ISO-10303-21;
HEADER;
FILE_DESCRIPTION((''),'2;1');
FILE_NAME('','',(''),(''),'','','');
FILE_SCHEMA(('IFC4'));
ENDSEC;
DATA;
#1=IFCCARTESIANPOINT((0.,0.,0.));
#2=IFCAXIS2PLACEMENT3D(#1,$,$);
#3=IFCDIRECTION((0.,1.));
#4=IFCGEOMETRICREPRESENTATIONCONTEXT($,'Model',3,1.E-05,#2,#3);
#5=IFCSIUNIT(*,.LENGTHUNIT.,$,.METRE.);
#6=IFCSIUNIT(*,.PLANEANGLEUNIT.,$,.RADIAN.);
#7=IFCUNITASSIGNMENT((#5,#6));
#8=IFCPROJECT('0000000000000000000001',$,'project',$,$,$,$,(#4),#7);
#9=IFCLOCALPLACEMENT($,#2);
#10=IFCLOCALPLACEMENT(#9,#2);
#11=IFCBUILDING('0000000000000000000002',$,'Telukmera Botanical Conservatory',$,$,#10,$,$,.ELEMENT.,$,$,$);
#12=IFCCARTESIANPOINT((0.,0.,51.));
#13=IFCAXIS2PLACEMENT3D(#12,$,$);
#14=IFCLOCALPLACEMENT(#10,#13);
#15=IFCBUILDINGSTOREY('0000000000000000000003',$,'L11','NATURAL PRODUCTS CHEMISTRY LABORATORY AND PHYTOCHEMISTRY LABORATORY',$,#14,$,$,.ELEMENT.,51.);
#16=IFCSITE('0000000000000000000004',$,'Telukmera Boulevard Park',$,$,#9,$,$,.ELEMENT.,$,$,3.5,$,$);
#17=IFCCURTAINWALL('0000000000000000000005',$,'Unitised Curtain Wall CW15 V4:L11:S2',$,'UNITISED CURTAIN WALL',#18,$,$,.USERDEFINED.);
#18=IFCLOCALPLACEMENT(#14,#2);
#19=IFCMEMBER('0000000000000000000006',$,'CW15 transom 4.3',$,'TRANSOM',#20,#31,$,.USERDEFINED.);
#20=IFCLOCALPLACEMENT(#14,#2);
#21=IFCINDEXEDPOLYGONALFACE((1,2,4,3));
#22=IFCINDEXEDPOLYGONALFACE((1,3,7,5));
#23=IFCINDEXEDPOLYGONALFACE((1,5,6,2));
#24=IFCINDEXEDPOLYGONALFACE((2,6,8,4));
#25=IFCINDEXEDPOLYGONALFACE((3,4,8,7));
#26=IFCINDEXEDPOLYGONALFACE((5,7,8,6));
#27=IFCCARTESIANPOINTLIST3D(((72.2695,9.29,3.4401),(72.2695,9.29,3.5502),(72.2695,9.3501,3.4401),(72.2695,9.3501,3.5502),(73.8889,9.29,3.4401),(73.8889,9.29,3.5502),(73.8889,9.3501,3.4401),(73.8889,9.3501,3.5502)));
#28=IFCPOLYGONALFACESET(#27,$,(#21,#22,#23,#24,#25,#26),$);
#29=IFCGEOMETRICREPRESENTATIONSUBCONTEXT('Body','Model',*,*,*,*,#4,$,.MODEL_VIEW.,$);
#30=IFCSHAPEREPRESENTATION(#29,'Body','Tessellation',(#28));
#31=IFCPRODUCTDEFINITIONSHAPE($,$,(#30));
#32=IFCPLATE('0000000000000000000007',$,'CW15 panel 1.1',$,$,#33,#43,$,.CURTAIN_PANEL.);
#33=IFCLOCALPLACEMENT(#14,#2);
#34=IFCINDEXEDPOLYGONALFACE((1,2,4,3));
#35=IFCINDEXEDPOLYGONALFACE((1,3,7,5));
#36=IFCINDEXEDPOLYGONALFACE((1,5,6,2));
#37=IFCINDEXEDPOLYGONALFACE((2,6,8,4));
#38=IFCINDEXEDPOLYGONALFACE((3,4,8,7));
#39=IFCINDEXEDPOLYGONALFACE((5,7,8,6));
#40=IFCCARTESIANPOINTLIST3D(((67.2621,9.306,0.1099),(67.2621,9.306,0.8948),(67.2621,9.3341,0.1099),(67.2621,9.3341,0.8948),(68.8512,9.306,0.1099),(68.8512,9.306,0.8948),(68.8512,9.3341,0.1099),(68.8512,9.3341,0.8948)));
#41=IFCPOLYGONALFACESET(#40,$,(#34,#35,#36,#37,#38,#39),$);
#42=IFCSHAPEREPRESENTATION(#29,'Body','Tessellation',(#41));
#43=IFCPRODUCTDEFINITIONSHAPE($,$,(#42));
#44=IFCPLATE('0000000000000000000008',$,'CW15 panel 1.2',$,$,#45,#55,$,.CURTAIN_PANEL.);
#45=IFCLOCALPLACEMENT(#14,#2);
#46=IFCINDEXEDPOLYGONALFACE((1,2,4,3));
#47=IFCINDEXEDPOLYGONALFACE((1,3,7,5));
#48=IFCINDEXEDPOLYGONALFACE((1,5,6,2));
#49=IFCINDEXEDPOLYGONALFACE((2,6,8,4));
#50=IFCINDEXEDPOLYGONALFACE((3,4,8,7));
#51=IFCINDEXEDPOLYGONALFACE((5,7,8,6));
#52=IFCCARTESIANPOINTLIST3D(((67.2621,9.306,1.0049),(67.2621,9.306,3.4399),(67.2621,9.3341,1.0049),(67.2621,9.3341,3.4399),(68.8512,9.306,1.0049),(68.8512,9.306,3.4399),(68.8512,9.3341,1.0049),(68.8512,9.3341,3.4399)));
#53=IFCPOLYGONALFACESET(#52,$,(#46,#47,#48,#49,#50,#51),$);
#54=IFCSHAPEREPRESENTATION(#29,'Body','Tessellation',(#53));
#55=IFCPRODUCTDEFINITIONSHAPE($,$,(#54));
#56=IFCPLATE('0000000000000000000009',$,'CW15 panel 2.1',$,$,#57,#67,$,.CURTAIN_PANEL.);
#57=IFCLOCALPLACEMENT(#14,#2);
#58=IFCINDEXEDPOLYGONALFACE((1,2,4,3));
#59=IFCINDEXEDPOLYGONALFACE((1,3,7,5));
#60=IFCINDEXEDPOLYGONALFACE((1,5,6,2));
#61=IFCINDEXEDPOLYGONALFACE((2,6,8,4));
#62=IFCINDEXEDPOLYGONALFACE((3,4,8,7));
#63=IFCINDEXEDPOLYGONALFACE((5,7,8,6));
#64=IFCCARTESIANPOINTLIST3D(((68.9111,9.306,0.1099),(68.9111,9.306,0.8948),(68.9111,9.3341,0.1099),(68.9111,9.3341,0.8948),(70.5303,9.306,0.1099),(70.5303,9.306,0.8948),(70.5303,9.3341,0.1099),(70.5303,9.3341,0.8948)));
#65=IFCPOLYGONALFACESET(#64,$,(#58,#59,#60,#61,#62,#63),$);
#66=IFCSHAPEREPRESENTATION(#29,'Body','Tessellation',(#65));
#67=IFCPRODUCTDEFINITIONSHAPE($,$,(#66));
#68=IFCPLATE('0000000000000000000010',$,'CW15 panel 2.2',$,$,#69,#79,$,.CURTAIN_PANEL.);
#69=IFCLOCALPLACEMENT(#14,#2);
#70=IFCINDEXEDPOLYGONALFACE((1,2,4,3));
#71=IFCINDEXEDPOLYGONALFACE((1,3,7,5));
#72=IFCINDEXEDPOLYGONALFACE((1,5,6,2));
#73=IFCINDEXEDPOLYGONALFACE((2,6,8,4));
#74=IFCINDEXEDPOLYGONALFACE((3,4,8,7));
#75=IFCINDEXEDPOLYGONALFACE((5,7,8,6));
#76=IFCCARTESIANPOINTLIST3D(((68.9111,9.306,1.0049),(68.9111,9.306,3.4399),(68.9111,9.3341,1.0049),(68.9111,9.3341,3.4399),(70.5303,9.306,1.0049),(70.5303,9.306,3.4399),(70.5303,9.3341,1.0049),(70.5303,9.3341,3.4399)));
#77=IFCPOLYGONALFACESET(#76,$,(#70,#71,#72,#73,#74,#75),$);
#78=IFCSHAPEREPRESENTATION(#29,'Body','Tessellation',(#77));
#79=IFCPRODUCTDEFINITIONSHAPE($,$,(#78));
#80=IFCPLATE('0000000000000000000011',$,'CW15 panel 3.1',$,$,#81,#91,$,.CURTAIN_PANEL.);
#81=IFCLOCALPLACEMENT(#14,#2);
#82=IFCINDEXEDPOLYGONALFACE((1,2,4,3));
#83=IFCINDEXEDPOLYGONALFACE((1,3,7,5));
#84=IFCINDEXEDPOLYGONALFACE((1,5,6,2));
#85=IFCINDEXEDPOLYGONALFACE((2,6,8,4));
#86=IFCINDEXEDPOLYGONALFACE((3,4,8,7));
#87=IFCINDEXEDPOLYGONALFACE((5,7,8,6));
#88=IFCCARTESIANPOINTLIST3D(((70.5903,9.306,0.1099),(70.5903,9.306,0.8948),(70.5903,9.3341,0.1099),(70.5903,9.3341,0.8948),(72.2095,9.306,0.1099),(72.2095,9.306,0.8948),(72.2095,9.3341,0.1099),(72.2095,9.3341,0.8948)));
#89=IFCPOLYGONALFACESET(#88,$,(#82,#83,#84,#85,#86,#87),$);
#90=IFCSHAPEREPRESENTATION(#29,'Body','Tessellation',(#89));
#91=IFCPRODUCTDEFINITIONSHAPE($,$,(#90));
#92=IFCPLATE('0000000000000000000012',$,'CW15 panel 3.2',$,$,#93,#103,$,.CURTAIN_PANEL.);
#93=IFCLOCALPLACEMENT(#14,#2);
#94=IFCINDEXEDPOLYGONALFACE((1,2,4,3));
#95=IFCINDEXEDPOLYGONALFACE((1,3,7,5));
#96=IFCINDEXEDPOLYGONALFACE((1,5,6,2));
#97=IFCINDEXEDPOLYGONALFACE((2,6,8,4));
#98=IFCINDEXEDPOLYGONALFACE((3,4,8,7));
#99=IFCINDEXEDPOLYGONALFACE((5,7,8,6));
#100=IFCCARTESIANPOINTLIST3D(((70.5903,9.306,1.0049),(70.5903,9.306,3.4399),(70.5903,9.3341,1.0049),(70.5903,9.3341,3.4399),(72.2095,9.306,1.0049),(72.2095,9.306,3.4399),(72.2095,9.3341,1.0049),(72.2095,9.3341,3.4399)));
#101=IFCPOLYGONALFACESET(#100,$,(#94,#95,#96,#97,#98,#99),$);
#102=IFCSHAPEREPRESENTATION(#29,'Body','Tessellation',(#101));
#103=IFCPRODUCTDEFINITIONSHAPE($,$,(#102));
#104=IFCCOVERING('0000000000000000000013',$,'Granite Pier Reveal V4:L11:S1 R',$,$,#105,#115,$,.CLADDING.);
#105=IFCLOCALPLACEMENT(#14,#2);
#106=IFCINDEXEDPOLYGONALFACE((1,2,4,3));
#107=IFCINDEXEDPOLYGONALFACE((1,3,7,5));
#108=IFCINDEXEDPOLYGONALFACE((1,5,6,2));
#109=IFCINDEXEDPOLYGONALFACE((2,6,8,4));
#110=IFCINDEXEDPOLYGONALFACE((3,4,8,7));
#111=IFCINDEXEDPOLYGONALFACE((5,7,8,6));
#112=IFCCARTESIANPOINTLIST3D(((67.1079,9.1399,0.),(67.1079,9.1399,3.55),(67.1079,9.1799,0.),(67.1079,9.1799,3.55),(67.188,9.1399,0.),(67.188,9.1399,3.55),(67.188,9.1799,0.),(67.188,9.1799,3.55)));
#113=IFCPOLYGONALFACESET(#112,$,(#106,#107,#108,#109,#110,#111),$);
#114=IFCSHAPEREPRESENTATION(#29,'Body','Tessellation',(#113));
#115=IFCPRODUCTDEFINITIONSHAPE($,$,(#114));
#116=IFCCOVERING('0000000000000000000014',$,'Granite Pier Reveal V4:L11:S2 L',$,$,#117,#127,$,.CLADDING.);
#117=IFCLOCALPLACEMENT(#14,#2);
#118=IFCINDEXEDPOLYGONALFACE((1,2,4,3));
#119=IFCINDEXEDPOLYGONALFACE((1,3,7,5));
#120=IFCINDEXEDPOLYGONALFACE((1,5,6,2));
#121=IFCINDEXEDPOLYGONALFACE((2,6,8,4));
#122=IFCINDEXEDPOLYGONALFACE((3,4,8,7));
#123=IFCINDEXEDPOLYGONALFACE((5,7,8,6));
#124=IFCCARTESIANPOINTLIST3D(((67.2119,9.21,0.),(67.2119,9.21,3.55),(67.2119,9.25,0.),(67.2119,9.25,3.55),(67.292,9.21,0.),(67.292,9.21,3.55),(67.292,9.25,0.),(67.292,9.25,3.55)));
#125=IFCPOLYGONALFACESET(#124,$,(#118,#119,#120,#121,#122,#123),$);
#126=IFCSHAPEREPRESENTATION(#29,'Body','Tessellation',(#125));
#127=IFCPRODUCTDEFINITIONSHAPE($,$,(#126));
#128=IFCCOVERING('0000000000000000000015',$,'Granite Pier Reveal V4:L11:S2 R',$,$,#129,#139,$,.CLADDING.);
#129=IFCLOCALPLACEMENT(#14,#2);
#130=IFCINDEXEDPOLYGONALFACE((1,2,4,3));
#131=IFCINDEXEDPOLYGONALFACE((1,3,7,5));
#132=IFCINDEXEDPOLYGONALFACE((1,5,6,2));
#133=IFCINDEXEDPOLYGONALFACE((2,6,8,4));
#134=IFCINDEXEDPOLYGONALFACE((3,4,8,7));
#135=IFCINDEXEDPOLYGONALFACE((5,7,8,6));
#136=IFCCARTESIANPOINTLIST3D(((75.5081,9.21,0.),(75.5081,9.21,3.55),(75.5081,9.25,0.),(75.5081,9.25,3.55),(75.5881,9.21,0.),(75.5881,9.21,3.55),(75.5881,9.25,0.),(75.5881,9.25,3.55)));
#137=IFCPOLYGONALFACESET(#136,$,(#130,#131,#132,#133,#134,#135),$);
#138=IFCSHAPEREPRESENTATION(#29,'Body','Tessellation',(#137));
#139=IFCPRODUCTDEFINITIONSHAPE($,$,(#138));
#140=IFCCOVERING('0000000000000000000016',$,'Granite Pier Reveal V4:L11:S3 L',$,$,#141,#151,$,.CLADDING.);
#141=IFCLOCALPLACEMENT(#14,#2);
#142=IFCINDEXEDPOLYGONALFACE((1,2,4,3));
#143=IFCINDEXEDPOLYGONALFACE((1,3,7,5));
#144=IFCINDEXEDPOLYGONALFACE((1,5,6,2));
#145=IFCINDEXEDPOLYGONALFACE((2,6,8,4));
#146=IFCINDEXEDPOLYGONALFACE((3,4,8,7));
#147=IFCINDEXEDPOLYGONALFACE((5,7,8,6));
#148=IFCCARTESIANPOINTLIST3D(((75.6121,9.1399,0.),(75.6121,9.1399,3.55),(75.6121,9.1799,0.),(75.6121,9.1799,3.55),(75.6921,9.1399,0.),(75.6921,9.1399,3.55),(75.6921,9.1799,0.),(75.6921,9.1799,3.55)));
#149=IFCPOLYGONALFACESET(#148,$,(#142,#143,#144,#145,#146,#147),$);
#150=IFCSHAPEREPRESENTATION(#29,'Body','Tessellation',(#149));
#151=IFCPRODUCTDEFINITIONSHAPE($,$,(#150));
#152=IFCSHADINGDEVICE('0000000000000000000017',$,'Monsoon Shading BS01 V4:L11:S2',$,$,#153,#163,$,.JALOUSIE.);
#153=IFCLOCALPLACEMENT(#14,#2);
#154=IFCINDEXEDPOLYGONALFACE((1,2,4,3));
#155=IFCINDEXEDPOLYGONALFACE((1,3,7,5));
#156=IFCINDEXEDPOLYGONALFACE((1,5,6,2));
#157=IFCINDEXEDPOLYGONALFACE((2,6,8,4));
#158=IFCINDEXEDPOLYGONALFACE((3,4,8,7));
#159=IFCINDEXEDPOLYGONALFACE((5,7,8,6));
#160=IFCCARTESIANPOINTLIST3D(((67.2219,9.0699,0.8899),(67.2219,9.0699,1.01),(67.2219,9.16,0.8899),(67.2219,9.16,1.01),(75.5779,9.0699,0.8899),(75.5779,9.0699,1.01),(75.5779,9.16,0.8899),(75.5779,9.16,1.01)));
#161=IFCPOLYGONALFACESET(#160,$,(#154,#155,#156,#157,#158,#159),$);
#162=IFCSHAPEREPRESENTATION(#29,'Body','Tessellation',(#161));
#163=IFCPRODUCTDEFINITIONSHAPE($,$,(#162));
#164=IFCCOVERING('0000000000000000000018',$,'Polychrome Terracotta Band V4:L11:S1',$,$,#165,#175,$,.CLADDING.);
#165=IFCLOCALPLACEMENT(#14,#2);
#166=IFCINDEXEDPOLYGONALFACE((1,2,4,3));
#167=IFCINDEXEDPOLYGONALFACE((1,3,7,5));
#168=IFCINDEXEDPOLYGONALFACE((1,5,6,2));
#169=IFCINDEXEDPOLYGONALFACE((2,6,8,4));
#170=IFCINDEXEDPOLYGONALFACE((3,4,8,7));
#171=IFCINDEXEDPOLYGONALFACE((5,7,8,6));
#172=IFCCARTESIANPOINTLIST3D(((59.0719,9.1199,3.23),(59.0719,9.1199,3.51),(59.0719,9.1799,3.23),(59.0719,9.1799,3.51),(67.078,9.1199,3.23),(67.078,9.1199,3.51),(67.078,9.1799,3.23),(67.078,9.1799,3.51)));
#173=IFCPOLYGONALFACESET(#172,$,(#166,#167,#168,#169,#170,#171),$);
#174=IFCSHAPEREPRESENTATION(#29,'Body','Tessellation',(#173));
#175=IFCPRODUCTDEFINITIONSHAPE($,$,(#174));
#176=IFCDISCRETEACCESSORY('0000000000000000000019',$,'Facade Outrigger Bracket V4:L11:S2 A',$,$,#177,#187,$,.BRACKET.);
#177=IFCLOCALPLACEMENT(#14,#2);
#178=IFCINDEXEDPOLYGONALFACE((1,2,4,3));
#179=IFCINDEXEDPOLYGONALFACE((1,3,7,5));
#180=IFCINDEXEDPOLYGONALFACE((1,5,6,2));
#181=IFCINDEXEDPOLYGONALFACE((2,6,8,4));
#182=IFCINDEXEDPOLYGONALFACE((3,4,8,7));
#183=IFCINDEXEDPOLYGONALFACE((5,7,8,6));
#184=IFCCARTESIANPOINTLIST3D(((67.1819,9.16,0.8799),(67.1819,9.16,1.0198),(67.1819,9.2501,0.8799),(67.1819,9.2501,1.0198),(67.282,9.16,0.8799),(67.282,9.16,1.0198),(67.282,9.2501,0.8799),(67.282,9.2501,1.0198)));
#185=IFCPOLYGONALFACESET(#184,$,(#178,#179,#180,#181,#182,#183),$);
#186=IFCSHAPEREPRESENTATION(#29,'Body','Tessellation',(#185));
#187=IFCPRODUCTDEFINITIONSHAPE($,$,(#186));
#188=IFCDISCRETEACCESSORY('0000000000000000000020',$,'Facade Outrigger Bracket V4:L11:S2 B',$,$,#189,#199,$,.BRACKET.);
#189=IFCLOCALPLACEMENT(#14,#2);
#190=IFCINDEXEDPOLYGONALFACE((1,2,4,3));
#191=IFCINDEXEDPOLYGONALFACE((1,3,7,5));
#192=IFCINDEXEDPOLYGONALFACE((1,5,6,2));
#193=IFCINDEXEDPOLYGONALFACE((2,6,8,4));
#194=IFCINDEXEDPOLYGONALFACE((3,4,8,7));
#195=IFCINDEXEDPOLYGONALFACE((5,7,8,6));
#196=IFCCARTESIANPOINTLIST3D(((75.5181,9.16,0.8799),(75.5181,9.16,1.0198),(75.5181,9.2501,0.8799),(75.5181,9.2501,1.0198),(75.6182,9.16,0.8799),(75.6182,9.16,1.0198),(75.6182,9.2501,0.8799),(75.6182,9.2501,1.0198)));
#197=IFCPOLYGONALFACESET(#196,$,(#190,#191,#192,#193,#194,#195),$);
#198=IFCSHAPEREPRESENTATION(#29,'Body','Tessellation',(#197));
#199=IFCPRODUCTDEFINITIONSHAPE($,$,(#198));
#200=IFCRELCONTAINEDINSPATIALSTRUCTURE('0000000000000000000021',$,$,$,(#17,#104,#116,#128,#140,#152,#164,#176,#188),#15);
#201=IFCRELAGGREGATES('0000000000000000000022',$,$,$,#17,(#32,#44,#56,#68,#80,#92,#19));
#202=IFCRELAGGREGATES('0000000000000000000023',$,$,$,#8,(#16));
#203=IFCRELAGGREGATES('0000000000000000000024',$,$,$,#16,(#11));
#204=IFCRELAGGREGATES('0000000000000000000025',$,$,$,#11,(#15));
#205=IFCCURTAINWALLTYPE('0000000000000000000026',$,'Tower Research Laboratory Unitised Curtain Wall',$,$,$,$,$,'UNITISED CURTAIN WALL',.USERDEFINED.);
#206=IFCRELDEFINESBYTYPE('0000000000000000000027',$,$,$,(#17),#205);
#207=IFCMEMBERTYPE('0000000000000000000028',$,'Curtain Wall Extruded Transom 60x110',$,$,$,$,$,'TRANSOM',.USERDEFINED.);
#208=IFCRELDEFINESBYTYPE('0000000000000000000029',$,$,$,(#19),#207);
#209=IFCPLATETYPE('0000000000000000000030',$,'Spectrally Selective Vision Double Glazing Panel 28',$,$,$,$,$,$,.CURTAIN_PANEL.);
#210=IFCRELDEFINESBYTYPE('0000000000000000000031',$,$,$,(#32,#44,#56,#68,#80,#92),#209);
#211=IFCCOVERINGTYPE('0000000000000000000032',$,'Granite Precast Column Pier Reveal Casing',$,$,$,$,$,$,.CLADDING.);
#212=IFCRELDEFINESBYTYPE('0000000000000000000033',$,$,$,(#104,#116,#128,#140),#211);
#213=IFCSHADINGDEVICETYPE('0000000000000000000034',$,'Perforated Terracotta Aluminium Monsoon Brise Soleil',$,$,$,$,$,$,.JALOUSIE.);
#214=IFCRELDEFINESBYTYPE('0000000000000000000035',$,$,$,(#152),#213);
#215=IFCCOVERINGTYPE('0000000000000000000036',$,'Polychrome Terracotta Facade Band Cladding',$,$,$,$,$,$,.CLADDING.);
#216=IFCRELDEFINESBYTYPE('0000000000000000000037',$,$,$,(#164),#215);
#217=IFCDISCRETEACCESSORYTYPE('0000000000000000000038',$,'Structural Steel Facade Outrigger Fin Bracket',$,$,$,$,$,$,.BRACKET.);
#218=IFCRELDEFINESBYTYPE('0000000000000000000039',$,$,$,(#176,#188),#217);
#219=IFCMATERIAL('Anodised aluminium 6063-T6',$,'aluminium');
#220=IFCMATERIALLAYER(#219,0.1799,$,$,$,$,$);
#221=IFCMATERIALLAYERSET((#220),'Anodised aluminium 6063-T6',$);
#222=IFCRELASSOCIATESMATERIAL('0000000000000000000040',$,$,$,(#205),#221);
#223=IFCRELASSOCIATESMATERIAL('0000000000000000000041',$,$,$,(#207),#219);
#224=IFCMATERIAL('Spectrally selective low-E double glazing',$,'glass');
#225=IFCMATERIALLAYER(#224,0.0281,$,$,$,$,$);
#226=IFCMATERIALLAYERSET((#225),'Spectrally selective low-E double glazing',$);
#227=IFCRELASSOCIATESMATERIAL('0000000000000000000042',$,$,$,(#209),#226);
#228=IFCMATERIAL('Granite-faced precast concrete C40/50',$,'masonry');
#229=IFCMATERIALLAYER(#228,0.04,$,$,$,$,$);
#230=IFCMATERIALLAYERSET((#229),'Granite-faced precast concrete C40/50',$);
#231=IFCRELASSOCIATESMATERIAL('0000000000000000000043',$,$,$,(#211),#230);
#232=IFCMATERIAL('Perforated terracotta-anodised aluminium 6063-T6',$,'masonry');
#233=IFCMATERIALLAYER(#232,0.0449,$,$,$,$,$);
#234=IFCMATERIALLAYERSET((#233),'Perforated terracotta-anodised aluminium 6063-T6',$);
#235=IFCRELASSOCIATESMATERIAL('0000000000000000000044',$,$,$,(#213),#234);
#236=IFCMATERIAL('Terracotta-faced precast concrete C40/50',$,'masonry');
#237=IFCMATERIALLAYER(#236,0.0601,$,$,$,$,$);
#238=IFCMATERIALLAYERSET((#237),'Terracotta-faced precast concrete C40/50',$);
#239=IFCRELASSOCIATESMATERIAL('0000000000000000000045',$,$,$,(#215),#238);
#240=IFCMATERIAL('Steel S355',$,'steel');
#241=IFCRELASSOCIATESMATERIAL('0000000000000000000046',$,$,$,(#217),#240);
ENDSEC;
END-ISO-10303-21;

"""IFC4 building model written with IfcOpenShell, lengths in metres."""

from ifc_helpers import new_model, si_unit, direction, frame, origin, origin_2d, place, context, subcontext, project, spatial, rectangle, extrude, material, layer, layer_set, material_profile, profile_set, type_object, element, aggregate, save


model = new_model("IFC4")

# Units and contexts
model_context = context("Model", 3, precision=1e-05, world=origin(), true_north=direction((0.0, 1.0)))
body_context = subcontext(model_context, "Body", "Model", "MODEL_VIEW")
ifc_project = project(units=[si_unit("LENGTHUNIT", "METRE"), si_unit("PLANEANGLEUNIT", "RADIAN")], contexts=[model_context])

# Site, building, storey
site_placement = place(None, origin())
site = spatial("IfcSite", under=ifc_project, at=site_placement, Name="Telukmera Boulevard Park", CompositionType="ELEMENT", RefElevation=3.5)
building_placement = place(site_placement, origin())
building = spatial("IfcBuilding", under=site, at=building_placement, Name="Telukmera Botanical Conservatory", CompositionType="ELEMENT")
storey_placement = place(building_placement, frame((0.0, 0.0, 51.0)))
storey = spatial("IfcBuildingStorey", under=building, at=storey_placement, Name="L11", Description="NATURAL PRODUCTS CHEMISTRY LABORATORY AND PHYTOCHEMISTRY LABORATORY", CompositionType="ELEMENT", Elevation=51.0)

# Curtain wall, member, plates
ifc_material_1 = material(Name="Anodised aluminium 6063-T6", Category="aluminium")
ifc_layer_1 = layer(ifc_material_1, 0.1799)
ifc_layer_set_1 = layer_set([ifc_layer_1], Name="Anodised aluminium 6063-T6")
curtain_wall_type = type_object("IfcCurtainWallType", Name="Tower Research Laboratory Unitised Curtain Wall", ElementType="UNITISED CURTAIN WALL", PredefinedType="USERDEFINED", material=ifc_layer_set_1)
curtain_wall_placement = place(storey_placement, origin())
curtain_wall = element("IfcCurtainWall", 1, at=curtain_wall_placement, inside=storey, type_object=curtain_wall_type, Name="Unitised Curtain Wall CW15 V4:L11:S2", ObjectType="UNITISED CURTAIN WALL", PredefinedType="USERDEFINED")
ifc_material_profile_1 = material_profile(ifc_material_1, rectangle(XDim=0.0601, YDim=0.1101, at=origin_2d()), Name="ALU TRAN 60x110")
ifc_profile_set_1 = profile_set([ifc_material_profile_1], Name="Anodised aluminium 6063-T6")
member_type_1 = type_object("IfcMemberType", Name="Curtain Wall Extruded Transom 60x110", ElementType="TRANSOM", PredefinedType="USERDEFINED", material=ifc_profile_set_1)
member_1_placement = place(storey_placement, frame((72.2695, 9.3201, 3.4951), z_axis=(1.0, 0.0, 0.0), x_axis=(0.0, 1.0, 0.0)))
member_1 = element("IfcMember", 2, at=member_1_placement, type_object=member_type_1, Name="CW15 transom 4.3", ObjectType="TRANSOM", PredefinedType="USERDEFINED", context=body_context, shape_type="SweptSolid", body=[
    extrude(rectangle(XDim=0.0601, YDim=0.1101, at=origin_2d()), origin(), (0.0, 0.0, 1.0), 1.6194),
])
ifc_material_2 = material(Name="Spectrally selective low-E double glazing", Category="glass")
ifc_layer_2 = layer(ifc_material_2, 0.0281)
ifc_layer_set_2 = layer_set([ifc_layer_2], Name="Spectrally selective low-E double glazing")
plate_type = type_object("IfcPlateType", Name="Spectrally Selective Vision Double Glazing Panel 28", PredefinedType="CURTAIN_PANEL", material=ifc_layer_set_2)
plate_1_placement = place(storey_placement, frame((68.0566, 9.3201, 0.1099), z_axis=(0.0, 0.0, 1.0), x_axis=(1.0, 0.0, 0.0)))
plate_1 = element("IfcPlate", 3, at=plate_1_placement, type_object=plate_type, Name="CW15 panel 1.1", PredefinedType="CURTAIN_PANEL", context=body_context, shape_type="SweptSolid", body=[
    extrude(rectangle(XDim=1.5891, YDim=0.0281, at=origin_2d()), origin(), (0.0, 0.0, 1.0), 0.7849),
])
plate_2_placement = place(storey_placement, frame((68.0566, 9.3201, 1.0049), z_axis=(0.0, 0.0, 1.0), x_axis=(1.0, 0.0, 0.0)))
plate_2 = element("IfcPlate", 4, at=plate_2_placement, type_object=plate_type, Name="CW15 panel 1.2", PredefinedType="CURTAIN_PANEL", context=body_context, shape_type="SweptSolid", body=[
    extrude(rectangle(XDim=1.5891, YDim=0.0281, at=origin_2d()), origin(), (0.0, 0.0, 1.0), 2.4351),
])
plate_3_placement = place(storey_placement, frame((69.7207, 9.3201, 0.1099), z_axis=(0.0, 0.0, 1.0), x_axis=(1.0, 0.0, 0.0)))
plate_3 = element("IfcPlate", 5, at=plate_3_placement, type_object=plate_type, Name="CW15 panel 2.1", PredefinedType="CURTAIN_PANEL", context=body_context, shape_type="SweptSolid", body=[
    extrude(rectangle(XDim=1.6191, YDim=0.0281, at=origin_2d()), origin(), (0.0, 0.0, 1.0), 0.7849),
])
plate_4_placement = place(storey_placement, frame((69.7207, 9.3201, 1.0049), z_axis=(0.0, 0.0, 1.0), x_axis=(1.0, 0.0, 0.0)))
plate_4 = element("IfcPlate", 6, at=plate_4_placement, type_object=plate_type, Name="CW15 panel 2.2", PredefinedType="CURTAIN_PANEL", context=body_context, shape_type="SweptSolid", body=[
    extrude(rectangle(XDim=1.6191, YDim=0.0281, at=origin_2d()), origin(), (0.0, 0.0, 1.0), 2.4351),
])
plate_5_placement = place(storey_placement, frame((71.3999, 9.3201, 0.1099), z_axis=(0.0, 0.0, 1.0), x_axis=(1.0, 0.0, 0.0)))
plate_5 = element("IfcPlate", 7, at=plate_5_placement, type_object=plate_type, Name="CW15 panel 3.1", PredefinedType="CURTAIN_PANEL", context=body_context, shape_type="SweptSolid", body=[
    extrude(rectangle(XDim=1.6191, YDim=0.0281, at=origin_2d()), origin(), (0.0, 0.0, 1.0), 0.7849),
])
plate_6_placement = place(storey_placement, frame((71.3999, 9.3201, 1.0049), z_axis=(0.0, 0.0, 1.0), x_axis=(1.0, 0.0, 0.0)))
plate_6 = element("IfcPlate", 8, at=plate_6_placement, type_object=plate_type, Name="CW15 panel 3.2", PredefinedType="CURTAIN_PANEL", context=body_context, shape_type="SweptSolid", body=[
    extrude(rectangle(XDim=1.6191, YDim=0.0281, at=origin_2d()), origin(), (0.0, 0.0, 1.0), 2.4351),
])
aggregate(curtain_wall, [plate_1, plate_2, plate_3, plate_4, plate_5, plate_6, member_1])

# Coverings
ifc_material_3 = material(Name="Granite-faced precast concrete C40/50", Category="masonry")
ifc_layer_3 = layer(ifc_material_3, 0.04)
ifc_layer_set_3 = layer_set([ifc_layer_3], Name="Granite-faced precast concrete C40/50")
covering_type_1 = type_object("IfcCoveringType", Name="Granite Precast Column Pier Reveal Casing", PredefinedType="CLADDING", material=ifc_layer_set_3)
for number, where, z_axis, x_axis, name in (
    (9, (67.1479, 9.1599, 0.0), (0.0, 0.0, 1.0), (1.0, 0.0, 0.0), "Granite Pier Reveal V4:L11:S1 R"),
    (10, (67.252, 9.23, 0.0), (0.0, 0.0, 1.0), (1.0, 0.0, 0.0), "Granite Pier Reveal V4:L11:S2 L"),
    (11, (75.5481, 9.23, 0.0), (0.0, 0.0, 1.0), (1.0, 0.0, 0.0), "Granite Pier Reveal V4:L11:S2 R"),
    (12, (75.6521, 9.1599, 0.0), (0.0, 0.0, 1.0), (1.0, 0.0, 0.0), "Granite Pier Reveal V4:L11:S3 L"),
):
    element("IfcCovering", number, at=place(storey_placement, frame(where, z_axis=z_axis, x_axis=x_axis)), inside=storey, type_object=covering_type_1, Name=name, PredefinedType="CLADDING", context=body_context, shape_type="SweptSolid", body=[
        extrude(rectangle(XDim=0.0801, YDim=0.04, at=origin_2d()), origin(), (0.0, 0.0, 1.0), 3.55),
    ])

# Shading device
ifc_material_4 = material(Name="Perforated terracotta-anodised aluminium 6063-T6", Category="masonry")
ifc_layer_4 = layer(ifc_material_4, 0.0449)
ifc_layer_set_4 = layer_set([ifc_layer_4], Name="Perforated terracotta-anodised aluminium 6063-T6")
shading_device_type = type_object("IfcShadingDeviceType", Name="Perforated Terracotta Aluminium Monsoon Brise Soleil", PredefinedType="JALOUSIE", material=ifc_layer_set_4)
shading_device_placement = place(storey_placement, frame((71.3999, 9.115, 0.8899), z_axis=(0.0, 0.0, 1.0), x_axis=(1.0, 0.0, 0.0)))
element("IfcShadingDevice", 13, at=shading_device_placement, inside=storey, type_object=shading_device_type, Name="Monsoon Shading BS01 V4:L11:S2", PredefinedType="JALOUSIE", context=body_context, shape_type="SweptSolid", body=[
    extrude(rectangle(XDim=8.356, YDim=0.0901, at=origin_2d()), origin(), (0.0, 0.0, 1.0), 0.1201),
])

# Covering
ifc_material_5 = material(Name="Terracotta-faced precast concrete C40/50", Category="masonry")
ifc_layer_5 = layer(ifc_material_5, 0.0601)
ifc_layer_set_5 = layer_set([ifc_layer_5], Name="Terracotta-faced precast concrete C40/50")
covering_type_2 = type_object("IfcCoveringType", Name="Polychrome Terracotta Facade Band Cladding", PredefinedType="CLADDING", material=ifc_layer_set_5)
covering_placement = place(storey_placement, frame((63.075, 9.1499, 3.23), z_axis=(0.0, 0.0, 1.0), x_axis=(1.0, 0.0, 0.0)))
element("IfcCovering", 14, at=covering_placement, inside=storey, type_object=covering_type_2, Name="Polychrome Terracotta Band V4:L11:S1", PredefinedType="CLADDING", context=body_context, shape_type="SweptSolid", body=[
    extrude(rectangle(XDim=8.0061, YDim=0.0601, at=origin_2d()), origin(), (0.0, 0.0, 1.0), 0.28),
])

# Discrete accessories
ifc_material_6 = material(Name="Steel S355", Category="steel")
discrete_accessory_type = type_object("IfcDiscreteAccessoryType", Name="Structural Steel Facade Outrigger Fin Bracket", PredefinedType="BRACKET", material=ifc_material_6)
for number, where, z_axis, x_axis, name in (
    (15, (67.2319, 9.2051, 0.8799), (0.0, 0.0, 1.0), (1.0, 0.0, 0.0), "Facade Outrigger Bracket V4:L11:S2 A"),
    (16, (75.5681, 9.2051, 0.8799), (0.0, 0.0, 1.0), (1.0, 0.0, 0.0), "Facade Outrigger Bracket V4:L11:S2 B"),
):
    element("IfcDiscreteAccessory", number, at=place(storey_placement, frame(where, z_axis=z_axis, x_axis=x_axis)), inside=storey, type_object=discrete_accessory_type, Name=name, PredefinedType="BRACKET", context=body_context, shape_type="SweptSolid", body=[
        extrude(rectangle(XDim=0.1001, YDim=0.0901, at=origin_2d()), origin(), (0.0, 0.0, 1.0), 0.1399),
    ])

save(model, "model.ifc")
